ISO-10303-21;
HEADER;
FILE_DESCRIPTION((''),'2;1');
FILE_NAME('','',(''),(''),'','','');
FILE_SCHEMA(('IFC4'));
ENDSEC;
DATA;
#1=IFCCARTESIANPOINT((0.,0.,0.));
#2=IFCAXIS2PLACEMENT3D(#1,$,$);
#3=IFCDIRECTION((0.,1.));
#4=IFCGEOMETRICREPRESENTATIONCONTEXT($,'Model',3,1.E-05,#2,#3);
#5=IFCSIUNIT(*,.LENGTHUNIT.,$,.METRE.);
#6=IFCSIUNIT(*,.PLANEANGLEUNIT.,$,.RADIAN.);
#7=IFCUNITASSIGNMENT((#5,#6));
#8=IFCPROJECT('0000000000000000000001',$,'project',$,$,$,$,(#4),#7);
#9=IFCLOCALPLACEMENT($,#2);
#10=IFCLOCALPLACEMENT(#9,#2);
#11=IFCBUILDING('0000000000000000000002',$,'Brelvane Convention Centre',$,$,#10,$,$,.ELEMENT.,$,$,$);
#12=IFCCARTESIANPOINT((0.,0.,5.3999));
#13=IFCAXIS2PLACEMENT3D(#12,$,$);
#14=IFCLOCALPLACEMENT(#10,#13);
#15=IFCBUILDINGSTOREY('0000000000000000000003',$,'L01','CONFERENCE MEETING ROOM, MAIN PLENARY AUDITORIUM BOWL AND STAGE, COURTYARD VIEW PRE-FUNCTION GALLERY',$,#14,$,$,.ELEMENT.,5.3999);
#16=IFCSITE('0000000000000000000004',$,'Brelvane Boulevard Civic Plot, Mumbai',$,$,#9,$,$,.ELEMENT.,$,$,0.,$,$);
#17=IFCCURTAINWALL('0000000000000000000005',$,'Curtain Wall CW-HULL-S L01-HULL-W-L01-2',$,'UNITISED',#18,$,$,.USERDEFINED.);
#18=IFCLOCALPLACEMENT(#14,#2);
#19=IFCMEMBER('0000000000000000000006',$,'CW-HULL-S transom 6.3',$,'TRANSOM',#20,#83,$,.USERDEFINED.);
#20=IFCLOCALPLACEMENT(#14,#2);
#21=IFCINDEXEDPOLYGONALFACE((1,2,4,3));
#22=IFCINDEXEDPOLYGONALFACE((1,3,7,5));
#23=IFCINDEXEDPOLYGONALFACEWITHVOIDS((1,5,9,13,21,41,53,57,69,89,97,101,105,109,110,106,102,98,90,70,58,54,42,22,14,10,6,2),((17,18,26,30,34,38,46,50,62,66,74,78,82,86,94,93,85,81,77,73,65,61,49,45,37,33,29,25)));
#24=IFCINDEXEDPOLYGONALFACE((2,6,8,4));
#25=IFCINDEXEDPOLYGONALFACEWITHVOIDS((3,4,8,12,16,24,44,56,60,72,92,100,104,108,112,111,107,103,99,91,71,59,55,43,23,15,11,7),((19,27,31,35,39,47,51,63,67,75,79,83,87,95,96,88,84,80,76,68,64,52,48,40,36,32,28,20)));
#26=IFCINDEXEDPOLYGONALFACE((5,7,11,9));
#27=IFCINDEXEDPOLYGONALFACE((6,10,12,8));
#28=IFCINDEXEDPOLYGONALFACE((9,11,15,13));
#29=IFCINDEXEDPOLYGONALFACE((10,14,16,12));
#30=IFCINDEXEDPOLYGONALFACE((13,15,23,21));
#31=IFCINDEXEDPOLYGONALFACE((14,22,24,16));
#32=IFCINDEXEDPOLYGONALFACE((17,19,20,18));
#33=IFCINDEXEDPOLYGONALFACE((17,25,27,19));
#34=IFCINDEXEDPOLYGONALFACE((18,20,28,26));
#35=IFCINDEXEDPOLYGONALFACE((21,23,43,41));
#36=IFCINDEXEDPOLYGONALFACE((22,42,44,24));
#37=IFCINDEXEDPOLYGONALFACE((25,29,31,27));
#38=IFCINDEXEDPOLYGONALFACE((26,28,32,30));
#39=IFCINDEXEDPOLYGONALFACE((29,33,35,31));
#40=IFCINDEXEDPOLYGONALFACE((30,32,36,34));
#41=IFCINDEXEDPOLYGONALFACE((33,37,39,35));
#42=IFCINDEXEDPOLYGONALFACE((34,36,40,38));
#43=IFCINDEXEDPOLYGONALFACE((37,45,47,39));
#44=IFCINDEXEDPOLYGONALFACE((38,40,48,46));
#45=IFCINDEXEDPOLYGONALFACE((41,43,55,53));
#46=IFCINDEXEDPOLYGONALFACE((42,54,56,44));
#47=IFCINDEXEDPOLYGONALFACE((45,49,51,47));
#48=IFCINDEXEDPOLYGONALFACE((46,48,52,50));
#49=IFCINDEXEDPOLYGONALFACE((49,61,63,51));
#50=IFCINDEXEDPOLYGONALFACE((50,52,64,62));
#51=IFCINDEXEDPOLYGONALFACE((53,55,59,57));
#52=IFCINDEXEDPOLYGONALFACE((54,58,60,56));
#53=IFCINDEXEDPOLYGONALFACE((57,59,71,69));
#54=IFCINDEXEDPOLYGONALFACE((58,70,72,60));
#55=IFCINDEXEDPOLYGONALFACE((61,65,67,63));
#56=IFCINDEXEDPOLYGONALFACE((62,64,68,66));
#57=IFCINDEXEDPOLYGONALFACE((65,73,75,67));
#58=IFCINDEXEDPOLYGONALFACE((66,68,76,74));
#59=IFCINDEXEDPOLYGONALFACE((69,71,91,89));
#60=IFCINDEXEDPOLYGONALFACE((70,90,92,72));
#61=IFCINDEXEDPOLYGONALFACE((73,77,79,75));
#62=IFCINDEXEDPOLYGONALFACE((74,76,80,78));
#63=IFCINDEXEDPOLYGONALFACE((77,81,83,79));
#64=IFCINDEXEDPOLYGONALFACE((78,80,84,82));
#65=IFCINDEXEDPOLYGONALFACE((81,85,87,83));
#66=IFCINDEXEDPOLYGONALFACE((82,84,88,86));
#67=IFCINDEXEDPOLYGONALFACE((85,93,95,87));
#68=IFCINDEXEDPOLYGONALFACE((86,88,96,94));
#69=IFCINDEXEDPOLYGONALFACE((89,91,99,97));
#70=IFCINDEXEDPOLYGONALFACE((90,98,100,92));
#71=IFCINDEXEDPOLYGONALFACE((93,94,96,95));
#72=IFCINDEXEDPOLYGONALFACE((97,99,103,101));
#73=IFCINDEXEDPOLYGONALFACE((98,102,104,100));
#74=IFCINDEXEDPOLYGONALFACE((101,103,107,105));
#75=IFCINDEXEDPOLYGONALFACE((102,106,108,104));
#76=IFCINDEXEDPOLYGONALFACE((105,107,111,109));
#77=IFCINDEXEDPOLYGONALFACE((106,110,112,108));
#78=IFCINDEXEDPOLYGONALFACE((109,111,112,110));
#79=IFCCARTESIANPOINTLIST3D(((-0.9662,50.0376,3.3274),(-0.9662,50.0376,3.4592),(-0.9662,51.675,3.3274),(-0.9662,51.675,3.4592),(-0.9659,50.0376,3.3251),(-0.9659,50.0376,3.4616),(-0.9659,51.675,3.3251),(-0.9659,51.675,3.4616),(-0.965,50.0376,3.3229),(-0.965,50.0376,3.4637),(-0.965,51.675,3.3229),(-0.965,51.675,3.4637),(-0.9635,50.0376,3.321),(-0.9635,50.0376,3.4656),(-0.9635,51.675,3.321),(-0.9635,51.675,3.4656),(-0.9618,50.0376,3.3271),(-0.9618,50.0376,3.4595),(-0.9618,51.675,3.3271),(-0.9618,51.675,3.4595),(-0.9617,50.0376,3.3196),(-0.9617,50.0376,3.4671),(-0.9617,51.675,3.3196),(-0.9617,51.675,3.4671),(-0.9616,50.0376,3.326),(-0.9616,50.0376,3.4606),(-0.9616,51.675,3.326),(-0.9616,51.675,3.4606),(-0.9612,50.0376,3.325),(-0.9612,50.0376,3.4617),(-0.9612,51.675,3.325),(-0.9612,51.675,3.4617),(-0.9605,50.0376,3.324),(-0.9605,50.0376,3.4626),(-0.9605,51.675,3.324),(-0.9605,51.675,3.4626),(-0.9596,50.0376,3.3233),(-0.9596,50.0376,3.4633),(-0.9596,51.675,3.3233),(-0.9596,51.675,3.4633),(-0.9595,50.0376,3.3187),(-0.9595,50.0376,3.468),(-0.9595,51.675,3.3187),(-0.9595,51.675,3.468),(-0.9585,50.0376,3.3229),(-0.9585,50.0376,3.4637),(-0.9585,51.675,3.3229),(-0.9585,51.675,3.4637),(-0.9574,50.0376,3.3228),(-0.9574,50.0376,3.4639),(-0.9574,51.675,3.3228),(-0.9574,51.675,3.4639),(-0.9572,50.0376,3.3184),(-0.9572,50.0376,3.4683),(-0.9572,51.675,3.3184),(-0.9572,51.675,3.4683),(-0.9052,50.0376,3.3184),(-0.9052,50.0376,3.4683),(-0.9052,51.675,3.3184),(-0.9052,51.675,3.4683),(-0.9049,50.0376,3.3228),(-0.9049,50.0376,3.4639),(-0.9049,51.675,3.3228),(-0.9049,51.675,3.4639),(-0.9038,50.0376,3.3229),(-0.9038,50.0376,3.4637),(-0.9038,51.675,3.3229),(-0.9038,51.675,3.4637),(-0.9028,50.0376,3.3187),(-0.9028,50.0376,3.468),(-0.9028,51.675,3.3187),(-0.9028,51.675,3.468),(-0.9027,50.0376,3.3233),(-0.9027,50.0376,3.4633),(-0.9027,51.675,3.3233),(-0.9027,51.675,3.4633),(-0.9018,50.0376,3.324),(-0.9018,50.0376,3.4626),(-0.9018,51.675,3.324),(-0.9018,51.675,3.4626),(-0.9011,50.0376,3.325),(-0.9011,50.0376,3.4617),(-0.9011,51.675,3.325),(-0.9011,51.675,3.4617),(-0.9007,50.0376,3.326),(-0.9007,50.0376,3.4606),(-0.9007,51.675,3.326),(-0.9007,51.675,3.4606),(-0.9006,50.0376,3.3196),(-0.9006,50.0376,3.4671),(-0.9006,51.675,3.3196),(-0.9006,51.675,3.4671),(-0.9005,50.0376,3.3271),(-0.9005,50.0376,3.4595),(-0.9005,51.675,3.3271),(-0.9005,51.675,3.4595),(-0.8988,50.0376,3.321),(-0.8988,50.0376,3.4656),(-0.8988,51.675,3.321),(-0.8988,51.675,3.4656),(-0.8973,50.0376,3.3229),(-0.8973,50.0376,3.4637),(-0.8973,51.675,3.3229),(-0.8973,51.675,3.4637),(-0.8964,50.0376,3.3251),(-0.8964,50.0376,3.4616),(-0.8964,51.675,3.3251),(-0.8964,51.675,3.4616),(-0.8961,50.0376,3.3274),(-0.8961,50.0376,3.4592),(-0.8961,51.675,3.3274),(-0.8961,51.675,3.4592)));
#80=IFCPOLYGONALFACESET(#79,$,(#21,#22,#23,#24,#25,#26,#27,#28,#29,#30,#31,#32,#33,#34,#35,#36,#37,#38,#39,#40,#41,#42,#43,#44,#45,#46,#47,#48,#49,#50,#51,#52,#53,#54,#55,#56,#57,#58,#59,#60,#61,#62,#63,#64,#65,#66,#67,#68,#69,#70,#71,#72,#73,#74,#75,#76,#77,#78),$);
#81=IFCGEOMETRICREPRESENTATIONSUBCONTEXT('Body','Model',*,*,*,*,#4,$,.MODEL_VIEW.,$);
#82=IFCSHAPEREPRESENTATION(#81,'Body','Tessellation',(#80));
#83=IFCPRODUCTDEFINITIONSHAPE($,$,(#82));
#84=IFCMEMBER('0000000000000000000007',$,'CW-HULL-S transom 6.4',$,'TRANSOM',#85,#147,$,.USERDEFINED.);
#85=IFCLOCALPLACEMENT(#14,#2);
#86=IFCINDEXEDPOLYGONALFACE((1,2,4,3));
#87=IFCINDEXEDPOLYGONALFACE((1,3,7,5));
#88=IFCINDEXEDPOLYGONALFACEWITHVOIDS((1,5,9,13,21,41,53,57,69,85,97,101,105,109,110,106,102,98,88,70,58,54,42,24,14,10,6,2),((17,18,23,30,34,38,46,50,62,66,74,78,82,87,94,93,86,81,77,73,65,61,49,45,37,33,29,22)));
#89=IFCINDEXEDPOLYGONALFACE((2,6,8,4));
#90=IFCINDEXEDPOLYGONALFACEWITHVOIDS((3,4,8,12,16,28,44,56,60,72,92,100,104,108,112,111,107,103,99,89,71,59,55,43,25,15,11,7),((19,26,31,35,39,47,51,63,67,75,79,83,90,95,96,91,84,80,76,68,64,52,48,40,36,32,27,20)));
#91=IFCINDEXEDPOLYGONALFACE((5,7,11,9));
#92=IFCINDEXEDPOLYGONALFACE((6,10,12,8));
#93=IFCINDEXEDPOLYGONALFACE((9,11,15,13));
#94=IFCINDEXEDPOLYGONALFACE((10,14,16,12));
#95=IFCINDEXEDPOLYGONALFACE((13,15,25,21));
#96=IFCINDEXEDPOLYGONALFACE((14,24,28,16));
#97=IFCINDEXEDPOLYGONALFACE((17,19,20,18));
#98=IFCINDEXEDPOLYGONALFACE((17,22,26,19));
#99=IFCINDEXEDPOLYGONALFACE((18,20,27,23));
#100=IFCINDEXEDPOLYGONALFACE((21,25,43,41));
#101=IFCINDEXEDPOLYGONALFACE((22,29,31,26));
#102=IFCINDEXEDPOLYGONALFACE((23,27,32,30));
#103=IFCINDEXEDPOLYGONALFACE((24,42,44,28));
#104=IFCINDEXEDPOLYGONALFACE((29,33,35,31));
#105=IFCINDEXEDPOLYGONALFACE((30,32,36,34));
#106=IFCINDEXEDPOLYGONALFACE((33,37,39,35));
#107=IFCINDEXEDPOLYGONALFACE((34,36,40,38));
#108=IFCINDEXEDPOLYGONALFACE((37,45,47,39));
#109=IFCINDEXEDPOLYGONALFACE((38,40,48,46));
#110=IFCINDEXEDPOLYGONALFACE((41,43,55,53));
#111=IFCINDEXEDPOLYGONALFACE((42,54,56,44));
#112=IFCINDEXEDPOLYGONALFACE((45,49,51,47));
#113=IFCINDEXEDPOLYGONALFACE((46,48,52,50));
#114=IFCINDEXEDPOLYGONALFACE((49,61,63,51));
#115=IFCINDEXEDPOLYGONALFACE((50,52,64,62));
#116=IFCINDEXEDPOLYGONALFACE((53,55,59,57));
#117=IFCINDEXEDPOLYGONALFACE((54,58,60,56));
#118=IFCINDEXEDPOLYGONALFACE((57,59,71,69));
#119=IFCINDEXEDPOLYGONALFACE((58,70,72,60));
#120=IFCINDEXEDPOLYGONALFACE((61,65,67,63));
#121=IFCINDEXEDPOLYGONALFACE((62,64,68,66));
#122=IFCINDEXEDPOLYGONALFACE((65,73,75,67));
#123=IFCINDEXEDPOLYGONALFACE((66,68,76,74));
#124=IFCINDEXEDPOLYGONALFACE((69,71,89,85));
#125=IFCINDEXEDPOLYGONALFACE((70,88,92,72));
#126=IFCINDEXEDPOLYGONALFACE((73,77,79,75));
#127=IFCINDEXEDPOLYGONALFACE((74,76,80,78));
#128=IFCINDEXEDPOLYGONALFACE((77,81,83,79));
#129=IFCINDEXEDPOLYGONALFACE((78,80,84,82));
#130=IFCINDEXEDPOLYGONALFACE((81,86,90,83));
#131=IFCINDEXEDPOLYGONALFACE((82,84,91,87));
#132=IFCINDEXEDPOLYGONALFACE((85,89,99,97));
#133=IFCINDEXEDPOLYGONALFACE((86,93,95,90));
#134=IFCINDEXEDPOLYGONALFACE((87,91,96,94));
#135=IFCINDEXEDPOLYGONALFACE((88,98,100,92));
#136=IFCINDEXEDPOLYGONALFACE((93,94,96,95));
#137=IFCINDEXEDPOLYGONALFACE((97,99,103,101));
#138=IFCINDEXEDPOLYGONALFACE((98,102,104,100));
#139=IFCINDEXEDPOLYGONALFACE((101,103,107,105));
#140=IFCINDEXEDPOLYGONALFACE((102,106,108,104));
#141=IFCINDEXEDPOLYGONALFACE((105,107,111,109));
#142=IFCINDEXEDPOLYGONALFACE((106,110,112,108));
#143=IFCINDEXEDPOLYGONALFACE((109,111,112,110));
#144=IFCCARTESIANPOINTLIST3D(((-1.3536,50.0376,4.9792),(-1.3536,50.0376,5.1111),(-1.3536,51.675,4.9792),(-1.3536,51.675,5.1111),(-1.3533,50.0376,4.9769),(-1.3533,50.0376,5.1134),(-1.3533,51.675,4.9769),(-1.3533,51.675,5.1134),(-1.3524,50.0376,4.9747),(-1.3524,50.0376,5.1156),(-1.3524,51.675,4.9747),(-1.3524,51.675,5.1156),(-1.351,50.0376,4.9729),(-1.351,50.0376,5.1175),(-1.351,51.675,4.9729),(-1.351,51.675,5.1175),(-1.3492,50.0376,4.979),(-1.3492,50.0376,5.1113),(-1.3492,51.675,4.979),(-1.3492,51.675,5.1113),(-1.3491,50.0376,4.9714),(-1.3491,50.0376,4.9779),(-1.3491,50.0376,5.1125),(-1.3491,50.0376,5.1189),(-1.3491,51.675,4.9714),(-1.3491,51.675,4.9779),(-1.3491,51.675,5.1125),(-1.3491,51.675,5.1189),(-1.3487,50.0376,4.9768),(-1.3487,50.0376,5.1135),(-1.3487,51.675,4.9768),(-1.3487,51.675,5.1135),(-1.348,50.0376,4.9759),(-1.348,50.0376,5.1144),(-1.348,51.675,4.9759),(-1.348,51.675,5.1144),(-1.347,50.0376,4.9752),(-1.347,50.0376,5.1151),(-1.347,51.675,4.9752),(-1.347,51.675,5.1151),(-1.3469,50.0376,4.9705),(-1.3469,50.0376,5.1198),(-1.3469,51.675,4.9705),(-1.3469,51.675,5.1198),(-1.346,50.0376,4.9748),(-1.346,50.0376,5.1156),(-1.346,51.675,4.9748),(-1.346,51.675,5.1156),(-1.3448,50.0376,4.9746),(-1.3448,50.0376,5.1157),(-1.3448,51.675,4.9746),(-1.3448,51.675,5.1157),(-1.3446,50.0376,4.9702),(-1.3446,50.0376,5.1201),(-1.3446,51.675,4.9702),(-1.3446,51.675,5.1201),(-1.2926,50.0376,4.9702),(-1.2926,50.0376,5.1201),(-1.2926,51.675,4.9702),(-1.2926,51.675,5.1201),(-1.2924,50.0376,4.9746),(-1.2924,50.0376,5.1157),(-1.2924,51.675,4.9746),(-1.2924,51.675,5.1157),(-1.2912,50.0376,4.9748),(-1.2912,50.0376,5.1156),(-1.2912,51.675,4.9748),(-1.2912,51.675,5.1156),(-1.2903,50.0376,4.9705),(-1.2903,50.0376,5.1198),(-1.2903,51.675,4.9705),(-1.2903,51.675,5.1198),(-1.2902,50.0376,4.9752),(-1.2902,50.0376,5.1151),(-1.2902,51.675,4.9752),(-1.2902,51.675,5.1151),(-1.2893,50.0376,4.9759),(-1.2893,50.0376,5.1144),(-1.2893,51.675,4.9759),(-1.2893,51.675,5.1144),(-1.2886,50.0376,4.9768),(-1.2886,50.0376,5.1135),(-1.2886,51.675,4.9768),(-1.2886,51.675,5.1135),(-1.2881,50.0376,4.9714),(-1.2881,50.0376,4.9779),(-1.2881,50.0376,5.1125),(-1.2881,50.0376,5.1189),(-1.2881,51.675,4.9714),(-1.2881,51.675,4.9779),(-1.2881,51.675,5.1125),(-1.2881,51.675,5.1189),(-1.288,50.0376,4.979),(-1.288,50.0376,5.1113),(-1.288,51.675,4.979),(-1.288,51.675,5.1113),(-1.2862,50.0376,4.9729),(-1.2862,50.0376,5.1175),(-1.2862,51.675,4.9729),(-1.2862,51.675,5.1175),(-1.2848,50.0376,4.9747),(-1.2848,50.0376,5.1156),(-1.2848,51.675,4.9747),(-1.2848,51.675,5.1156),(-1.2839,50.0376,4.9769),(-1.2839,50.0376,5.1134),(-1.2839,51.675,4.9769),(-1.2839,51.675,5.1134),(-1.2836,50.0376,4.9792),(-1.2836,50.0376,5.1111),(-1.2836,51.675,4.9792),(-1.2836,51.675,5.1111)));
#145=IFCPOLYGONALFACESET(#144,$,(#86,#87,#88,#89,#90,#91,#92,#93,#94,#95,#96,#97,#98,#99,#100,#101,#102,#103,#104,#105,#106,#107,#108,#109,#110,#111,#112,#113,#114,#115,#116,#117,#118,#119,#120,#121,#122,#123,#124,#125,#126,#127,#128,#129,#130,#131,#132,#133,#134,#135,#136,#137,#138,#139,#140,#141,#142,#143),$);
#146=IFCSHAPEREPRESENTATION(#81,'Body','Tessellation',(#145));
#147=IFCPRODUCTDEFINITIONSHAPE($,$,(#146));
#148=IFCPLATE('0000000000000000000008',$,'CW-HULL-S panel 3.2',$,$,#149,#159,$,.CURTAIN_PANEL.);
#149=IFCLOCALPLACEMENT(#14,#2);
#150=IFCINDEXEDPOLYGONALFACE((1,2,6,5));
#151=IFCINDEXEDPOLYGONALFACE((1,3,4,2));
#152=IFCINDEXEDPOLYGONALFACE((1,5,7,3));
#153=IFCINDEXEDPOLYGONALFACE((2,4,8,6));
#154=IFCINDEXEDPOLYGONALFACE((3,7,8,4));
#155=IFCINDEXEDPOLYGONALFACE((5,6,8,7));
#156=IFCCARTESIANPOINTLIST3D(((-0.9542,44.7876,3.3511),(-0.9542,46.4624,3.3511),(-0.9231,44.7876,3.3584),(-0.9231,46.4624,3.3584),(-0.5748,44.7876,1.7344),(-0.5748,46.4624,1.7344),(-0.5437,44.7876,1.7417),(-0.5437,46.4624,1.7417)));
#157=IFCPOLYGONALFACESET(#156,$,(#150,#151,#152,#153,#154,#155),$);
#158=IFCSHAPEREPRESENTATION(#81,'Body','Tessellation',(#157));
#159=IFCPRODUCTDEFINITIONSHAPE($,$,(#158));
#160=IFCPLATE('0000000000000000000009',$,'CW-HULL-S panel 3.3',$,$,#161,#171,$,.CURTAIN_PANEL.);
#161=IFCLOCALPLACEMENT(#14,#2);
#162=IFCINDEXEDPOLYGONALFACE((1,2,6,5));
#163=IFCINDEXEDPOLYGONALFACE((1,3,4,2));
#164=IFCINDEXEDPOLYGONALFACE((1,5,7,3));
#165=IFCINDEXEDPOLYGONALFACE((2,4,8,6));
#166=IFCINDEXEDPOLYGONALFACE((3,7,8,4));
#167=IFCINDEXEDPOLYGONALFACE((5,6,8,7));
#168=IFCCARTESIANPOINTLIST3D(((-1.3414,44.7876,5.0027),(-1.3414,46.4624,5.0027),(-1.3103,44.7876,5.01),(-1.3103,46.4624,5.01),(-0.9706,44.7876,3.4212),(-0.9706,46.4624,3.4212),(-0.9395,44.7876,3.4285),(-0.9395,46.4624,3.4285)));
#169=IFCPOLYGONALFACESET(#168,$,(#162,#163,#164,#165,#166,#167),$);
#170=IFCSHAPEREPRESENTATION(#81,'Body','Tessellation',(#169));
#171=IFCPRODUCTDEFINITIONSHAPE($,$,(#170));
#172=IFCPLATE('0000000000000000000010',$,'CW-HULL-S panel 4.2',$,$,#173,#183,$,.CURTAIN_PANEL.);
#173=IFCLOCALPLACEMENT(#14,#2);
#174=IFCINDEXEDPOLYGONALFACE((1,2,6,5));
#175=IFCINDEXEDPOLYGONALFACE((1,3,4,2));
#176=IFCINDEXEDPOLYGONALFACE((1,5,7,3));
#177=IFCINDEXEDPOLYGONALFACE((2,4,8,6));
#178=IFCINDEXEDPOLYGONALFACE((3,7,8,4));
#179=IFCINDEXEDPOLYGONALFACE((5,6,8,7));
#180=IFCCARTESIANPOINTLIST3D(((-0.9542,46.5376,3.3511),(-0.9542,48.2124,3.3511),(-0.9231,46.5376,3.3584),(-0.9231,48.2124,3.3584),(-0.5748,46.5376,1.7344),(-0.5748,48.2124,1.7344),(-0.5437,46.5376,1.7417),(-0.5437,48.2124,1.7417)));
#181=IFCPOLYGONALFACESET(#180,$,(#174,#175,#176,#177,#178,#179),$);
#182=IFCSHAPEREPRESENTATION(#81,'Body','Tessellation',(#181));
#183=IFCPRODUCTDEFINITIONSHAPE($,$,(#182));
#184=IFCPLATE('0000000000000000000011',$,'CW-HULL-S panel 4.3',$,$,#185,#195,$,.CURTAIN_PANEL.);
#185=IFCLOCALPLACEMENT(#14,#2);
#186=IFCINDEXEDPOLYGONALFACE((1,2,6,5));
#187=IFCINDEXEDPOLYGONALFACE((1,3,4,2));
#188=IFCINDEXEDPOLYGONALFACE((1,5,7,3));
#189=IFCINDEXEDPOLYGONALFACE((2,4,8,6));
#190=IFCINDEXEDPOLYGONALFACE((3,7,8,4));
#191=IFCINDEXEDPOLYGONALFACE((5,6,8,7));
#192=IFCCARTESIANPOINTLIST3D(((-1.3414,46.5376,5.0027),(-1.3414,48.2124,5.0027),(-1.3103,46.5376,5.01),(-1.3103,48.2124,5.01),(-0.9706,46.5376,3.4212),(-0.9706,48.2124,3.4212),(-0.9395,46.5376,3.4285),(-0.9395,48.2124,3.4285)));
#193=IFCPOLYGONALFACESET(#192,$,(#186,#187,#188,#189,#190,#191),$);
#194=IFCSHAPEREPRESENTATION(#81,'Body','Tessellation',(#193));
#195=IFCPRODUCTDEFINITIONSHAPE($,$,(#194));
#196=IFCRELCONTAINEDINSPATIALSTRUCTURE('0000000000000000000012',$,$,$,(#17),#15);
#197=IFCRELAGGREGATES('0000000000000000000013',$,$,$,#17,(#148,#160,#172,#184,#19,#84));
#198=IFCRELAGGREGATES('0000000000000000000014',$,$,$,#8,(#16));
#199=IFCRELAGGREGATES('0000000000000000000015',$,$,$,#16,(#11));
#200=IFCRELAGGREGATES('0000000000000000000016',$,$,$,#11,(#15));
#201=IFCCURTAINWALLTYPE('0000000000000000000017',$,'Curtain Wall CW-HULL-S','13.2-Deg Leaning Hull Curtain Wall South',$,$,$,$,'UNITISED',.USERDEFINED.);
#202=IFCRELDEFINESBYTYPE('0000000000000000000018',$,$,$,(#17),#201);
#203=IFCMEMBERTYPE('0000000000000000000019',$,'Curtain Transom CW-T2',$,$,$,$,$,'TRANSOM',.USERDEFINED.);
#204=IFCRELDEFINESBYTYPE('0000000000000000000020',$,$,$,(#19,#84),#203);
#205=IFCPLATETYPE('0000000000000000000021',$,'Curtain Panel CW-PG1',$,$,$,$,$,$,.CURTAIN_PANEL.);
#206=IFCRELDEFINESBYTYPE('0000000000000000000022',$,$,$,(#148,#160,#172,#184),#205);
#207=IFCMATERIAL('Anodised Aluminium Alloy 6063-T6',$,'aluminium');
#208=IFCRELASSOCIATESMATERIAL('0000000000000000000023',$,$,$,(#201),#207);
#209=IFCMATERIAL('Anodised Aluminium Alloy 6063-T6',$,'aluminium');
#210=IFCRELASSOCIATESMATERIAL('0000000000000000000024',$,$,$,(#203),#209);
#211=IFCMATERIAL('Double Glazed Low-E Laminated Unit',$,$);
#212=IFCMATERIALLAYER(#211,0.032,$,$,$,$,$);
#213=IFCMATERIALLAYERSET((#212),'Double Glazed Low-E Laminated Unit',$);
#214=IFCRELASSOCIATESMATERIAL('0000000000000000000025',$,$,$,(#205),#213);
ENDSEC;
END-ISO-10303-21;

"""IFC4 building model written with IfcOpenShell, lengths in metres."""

from ifc_helpers import new_model, si_unit, direction, frame, origin, origin_2d, place, context, subcontext, project, spatial, polyline, hollow_rectangle, outline, extrude, material, layer, layer_set, material_profile, profile_set, type_object, element, aggregate, save


model = new_model("IFC4")

# Units and contexts
model_context = context("Model", 3, precision=1e-05, world=origin(), true_north=direction((0.0, 1.0)))
body_context = subcontext(model_context, "Body", "Model", "MODEL_VIEW")
ifc_project = project(units=[si_unit("LENGTHUNIT", "METRE"), si_unit("PLANEANGLEUNIT", "RADIAN")], contexts=[model_context])

# Site, building, storey
site_placement = place(None, origin())
site = spatial("IfcSite", under=ifc_project, at=site_placement, Name="Brelvane Boulevard Civic Plot, Mumbai", CompositionType="ELEMENT", RefElevation=0.0)
building_placement = place(site_placement, origin())
building = spatial("IfcBuilding", under=site, at=building_placement, Name="Brelvane Convention Centre", CompositionType="ELEMENT")
storey_placement = place(building_placement, frame((0.0, 0.0, 5.3999)))
storey = spatial("IfcBuildingStorey", under=building, at=storey_placement, Name="L01", Description="CONFERENCE MEETING ROOM, MAIN PLENARY AUDITORIUM BOWL AND STAGE, COURTYARD VIEW PRE-FUNCTION GALLERY", CompositionType="ELEMENT", Elevation=5.3999)

# Curtain wall, members, plates
ifc_material_1 = material(Name="Anodised Aluminium Alloy 6063-T6", Category="aluminium")
curtain_wall_type = type_object("IfcCurtainWallType", Name="Curtain Wall CW-HULL-S", Description="13.2-Deg Leaning Hull Curtain Wall South", ElementType="UNITISED", PredefinedType="USERDEFINED", material=ifc_material_1)
curtain_wall_placement = place(storey_placement, origin())
curtain_wall = element("IfcCurtainWall", 1, at=curtain_wall_placement, inside=storey, type_object=curtain_wall_type, Name="Curtain Wall CW-HULL-S L01-HULL-W-L01-2", ObjectType="UNITISED", PredefinedType="USERDEFINED")
ifc_material_2 = material(Name="Anodised Aluminium Alloy 6063-T6", Category="aluminium")
ifc_material_profile_1 = material_profile(ifc_material_2, hollow_rectangle(XDim=0.0701, YDim=0.1499, WallThickness=0.0044, InnerFilletRadius=0.0044, OuterFilletRadius=0.009, at=origin_2d()), Name="ALU-T 150x70x4.5")
ifc_profile_set_1 = profile_set([ifc_material_profile_1], Name="Anodised Aluminium Alloy 6063-T6")
member_type_1 = type_object("IfcMemberType", Name="Curtain Transom CW-T2", ElementType="TRANSOM", PredefinedType="USERDEFINED", material=ifc_profile_set_1)
member_1_placement = place(storey_placement, frame((-0.9312, 50.0376, 3.3933), z_axis=(0.0, 1.0, 0.0), x_axis=(-1.0, 0.0, 0.0)))
member_1 = element("IfcMember", 2, at=member_1_placement, type_object=member_type_1, Name="CW-HULL-S transom 6.3", ObjectType="TRANSOM", PredefinedType="USERDEFINED", context=body_context, shape_type="SweptSolid", body=[
    extrude(hollow_rectangle(XDim=0.0701, YDim=0.1499, WallThickness=0.0044, InnerFilletRadius=0.0044, OuterFilletRadius=0.009, at=origin_2d()), origin(), (0.0, 0.0, 1.0), 1.6375),
])
member_2_placement = place(storey_placement, frame((-1.3186, 50.0376, 5.0452), z_axis=(0.0, 1.0, 0.0), x_axis=(-1.0, 0.0, 0.0)))
member_2 = element("IfcMember", 3, at=member_2_placement, type_object=member_type_1, Name="CW-HULL-S transom 6.4", ObjectType="TRANSOM", PredefinedType="USERDEFINED", context=body_context, shape_type="SweptSolid", body=[
    extrude(hollow_rectangle(XDim=0.0701, YDim=0.1499, WallThickness=0.0044, InnerFilletRadius=0.0044, OuterFilletRadius=0.009, at=origin_2d()), origin(), (0.0, 0.0, 1.0), 1.6375),
])
ifc_material_3 = material(Name="Double Glazed Low-E Laminated Unit")
ifc_layer_1 = layer(ifc_material_3, 0.032)
ifc_layer_set_1 = layer_set([ifc_layer_1], Name="Double Glazed Low-E Laminated Unit")
plate_type_1 = type_object("IfcPlateType", Name="Curtain Panel CW-PG1", PredefinedType="CURTAIN_PANEL", material=ifc_layer_set_1)
plate_1_placement = place(storey_placement, frame((-0.5437, 44.7876, 1.7417), z_axis=(0.973552, 0.0, 0.228466), x_axis=(0.0, 1.0, 0.0)))
plate_1 = element("IfcPlate", 4, at=plate_1_placement, type_object=plate_type_1, Name="CW-HULL-S panel 3.2", PredefinedType="CURTAIN_PANEL", context=body_context, shape_type="SweptSolid", body=[
    extrude(outline(polyline([(0.0, 0.0), (1.6748, 0.0), (1.6748, 1.6606), (0.0, 1.6606), (0.0, 0.0)])), origin(), (0.0, 0.0, -1.0), 0.032),
])
plate_2_placement = place(storey_placement, frame((-0.9395, 44.7876, 3.4285), z_axis=(0.973592, 0.0, 0.228294), x_axis=(0.0, 1.0, 0.0)))
plate_2 = element("IfcPlate", 5, at=plate_2_placement, type_object=plate_type_1, Name="CW-HULL-S panel 3.3", PredefinedType="CURTAIN_PANEL", context=body_context, shape_type="SweptSolid", body=[
    extrude(outline(polyline([(0.0, 0.0), (1.6748, 0.0), (1.6748, 1.6244), (0.0, 1.6244), (0.0, 0.0)])), origin(), (0.0, 0.0, -1.0), 0.032),
])
plate_3_placement = place(storey_placement, frame((-0.5437, 46.5376, 1.7417), z_axis=(0.973552, 0.0, 0.228466), x_axis=(0.0, 1.0, 0.0)))
plate_3 = element("IfcPlate", 6, at=plate_3_placement, type_object=plate_type_1, Name="CW-HULL-S panel 4.2", PredefinedType="CURTAIN_PANEL", context=body_context, shape_type="SweptSolid", body=[
    extrude(outline(polyline([(0.0, 0.0), (1.6748, 0.0), (1.6748, 1.6606), (0.0, 1.6606), (0.0, 0.0)])), origin(), (0.0, 0.0, -1.0), 0.032),
])
plate_4_placement = place(storey_placement, frame((-0.9395, 46.5376, 3.4285), z_axis=(0.973592, 0.0, 0.228294), x_axis=(0.0, 1.0, 0.0)))
plate_4 = element("IfcPlate", 7, at=plate_4_placement, type_object=plate_type_1, Name="CW-HULL-S panel 4.3", PredefinedType="CURTAIN_PANEL", context=body_context, shape_type="SweptSolid", body=[
    extrude(outline(polyline([(0.0, 0.0), (1.6748, 0.0), (1.6748, 1.6244), (0.0, 1.6244), (0.0, 0.0)])), origin(), (0.0, 0.0, -1.0), 0.032),
])
aggregate(curtain_wall, [plate_1, plate_2, plate_3, plate_4, member_1, member_2])

save(model, "model.ifc")
